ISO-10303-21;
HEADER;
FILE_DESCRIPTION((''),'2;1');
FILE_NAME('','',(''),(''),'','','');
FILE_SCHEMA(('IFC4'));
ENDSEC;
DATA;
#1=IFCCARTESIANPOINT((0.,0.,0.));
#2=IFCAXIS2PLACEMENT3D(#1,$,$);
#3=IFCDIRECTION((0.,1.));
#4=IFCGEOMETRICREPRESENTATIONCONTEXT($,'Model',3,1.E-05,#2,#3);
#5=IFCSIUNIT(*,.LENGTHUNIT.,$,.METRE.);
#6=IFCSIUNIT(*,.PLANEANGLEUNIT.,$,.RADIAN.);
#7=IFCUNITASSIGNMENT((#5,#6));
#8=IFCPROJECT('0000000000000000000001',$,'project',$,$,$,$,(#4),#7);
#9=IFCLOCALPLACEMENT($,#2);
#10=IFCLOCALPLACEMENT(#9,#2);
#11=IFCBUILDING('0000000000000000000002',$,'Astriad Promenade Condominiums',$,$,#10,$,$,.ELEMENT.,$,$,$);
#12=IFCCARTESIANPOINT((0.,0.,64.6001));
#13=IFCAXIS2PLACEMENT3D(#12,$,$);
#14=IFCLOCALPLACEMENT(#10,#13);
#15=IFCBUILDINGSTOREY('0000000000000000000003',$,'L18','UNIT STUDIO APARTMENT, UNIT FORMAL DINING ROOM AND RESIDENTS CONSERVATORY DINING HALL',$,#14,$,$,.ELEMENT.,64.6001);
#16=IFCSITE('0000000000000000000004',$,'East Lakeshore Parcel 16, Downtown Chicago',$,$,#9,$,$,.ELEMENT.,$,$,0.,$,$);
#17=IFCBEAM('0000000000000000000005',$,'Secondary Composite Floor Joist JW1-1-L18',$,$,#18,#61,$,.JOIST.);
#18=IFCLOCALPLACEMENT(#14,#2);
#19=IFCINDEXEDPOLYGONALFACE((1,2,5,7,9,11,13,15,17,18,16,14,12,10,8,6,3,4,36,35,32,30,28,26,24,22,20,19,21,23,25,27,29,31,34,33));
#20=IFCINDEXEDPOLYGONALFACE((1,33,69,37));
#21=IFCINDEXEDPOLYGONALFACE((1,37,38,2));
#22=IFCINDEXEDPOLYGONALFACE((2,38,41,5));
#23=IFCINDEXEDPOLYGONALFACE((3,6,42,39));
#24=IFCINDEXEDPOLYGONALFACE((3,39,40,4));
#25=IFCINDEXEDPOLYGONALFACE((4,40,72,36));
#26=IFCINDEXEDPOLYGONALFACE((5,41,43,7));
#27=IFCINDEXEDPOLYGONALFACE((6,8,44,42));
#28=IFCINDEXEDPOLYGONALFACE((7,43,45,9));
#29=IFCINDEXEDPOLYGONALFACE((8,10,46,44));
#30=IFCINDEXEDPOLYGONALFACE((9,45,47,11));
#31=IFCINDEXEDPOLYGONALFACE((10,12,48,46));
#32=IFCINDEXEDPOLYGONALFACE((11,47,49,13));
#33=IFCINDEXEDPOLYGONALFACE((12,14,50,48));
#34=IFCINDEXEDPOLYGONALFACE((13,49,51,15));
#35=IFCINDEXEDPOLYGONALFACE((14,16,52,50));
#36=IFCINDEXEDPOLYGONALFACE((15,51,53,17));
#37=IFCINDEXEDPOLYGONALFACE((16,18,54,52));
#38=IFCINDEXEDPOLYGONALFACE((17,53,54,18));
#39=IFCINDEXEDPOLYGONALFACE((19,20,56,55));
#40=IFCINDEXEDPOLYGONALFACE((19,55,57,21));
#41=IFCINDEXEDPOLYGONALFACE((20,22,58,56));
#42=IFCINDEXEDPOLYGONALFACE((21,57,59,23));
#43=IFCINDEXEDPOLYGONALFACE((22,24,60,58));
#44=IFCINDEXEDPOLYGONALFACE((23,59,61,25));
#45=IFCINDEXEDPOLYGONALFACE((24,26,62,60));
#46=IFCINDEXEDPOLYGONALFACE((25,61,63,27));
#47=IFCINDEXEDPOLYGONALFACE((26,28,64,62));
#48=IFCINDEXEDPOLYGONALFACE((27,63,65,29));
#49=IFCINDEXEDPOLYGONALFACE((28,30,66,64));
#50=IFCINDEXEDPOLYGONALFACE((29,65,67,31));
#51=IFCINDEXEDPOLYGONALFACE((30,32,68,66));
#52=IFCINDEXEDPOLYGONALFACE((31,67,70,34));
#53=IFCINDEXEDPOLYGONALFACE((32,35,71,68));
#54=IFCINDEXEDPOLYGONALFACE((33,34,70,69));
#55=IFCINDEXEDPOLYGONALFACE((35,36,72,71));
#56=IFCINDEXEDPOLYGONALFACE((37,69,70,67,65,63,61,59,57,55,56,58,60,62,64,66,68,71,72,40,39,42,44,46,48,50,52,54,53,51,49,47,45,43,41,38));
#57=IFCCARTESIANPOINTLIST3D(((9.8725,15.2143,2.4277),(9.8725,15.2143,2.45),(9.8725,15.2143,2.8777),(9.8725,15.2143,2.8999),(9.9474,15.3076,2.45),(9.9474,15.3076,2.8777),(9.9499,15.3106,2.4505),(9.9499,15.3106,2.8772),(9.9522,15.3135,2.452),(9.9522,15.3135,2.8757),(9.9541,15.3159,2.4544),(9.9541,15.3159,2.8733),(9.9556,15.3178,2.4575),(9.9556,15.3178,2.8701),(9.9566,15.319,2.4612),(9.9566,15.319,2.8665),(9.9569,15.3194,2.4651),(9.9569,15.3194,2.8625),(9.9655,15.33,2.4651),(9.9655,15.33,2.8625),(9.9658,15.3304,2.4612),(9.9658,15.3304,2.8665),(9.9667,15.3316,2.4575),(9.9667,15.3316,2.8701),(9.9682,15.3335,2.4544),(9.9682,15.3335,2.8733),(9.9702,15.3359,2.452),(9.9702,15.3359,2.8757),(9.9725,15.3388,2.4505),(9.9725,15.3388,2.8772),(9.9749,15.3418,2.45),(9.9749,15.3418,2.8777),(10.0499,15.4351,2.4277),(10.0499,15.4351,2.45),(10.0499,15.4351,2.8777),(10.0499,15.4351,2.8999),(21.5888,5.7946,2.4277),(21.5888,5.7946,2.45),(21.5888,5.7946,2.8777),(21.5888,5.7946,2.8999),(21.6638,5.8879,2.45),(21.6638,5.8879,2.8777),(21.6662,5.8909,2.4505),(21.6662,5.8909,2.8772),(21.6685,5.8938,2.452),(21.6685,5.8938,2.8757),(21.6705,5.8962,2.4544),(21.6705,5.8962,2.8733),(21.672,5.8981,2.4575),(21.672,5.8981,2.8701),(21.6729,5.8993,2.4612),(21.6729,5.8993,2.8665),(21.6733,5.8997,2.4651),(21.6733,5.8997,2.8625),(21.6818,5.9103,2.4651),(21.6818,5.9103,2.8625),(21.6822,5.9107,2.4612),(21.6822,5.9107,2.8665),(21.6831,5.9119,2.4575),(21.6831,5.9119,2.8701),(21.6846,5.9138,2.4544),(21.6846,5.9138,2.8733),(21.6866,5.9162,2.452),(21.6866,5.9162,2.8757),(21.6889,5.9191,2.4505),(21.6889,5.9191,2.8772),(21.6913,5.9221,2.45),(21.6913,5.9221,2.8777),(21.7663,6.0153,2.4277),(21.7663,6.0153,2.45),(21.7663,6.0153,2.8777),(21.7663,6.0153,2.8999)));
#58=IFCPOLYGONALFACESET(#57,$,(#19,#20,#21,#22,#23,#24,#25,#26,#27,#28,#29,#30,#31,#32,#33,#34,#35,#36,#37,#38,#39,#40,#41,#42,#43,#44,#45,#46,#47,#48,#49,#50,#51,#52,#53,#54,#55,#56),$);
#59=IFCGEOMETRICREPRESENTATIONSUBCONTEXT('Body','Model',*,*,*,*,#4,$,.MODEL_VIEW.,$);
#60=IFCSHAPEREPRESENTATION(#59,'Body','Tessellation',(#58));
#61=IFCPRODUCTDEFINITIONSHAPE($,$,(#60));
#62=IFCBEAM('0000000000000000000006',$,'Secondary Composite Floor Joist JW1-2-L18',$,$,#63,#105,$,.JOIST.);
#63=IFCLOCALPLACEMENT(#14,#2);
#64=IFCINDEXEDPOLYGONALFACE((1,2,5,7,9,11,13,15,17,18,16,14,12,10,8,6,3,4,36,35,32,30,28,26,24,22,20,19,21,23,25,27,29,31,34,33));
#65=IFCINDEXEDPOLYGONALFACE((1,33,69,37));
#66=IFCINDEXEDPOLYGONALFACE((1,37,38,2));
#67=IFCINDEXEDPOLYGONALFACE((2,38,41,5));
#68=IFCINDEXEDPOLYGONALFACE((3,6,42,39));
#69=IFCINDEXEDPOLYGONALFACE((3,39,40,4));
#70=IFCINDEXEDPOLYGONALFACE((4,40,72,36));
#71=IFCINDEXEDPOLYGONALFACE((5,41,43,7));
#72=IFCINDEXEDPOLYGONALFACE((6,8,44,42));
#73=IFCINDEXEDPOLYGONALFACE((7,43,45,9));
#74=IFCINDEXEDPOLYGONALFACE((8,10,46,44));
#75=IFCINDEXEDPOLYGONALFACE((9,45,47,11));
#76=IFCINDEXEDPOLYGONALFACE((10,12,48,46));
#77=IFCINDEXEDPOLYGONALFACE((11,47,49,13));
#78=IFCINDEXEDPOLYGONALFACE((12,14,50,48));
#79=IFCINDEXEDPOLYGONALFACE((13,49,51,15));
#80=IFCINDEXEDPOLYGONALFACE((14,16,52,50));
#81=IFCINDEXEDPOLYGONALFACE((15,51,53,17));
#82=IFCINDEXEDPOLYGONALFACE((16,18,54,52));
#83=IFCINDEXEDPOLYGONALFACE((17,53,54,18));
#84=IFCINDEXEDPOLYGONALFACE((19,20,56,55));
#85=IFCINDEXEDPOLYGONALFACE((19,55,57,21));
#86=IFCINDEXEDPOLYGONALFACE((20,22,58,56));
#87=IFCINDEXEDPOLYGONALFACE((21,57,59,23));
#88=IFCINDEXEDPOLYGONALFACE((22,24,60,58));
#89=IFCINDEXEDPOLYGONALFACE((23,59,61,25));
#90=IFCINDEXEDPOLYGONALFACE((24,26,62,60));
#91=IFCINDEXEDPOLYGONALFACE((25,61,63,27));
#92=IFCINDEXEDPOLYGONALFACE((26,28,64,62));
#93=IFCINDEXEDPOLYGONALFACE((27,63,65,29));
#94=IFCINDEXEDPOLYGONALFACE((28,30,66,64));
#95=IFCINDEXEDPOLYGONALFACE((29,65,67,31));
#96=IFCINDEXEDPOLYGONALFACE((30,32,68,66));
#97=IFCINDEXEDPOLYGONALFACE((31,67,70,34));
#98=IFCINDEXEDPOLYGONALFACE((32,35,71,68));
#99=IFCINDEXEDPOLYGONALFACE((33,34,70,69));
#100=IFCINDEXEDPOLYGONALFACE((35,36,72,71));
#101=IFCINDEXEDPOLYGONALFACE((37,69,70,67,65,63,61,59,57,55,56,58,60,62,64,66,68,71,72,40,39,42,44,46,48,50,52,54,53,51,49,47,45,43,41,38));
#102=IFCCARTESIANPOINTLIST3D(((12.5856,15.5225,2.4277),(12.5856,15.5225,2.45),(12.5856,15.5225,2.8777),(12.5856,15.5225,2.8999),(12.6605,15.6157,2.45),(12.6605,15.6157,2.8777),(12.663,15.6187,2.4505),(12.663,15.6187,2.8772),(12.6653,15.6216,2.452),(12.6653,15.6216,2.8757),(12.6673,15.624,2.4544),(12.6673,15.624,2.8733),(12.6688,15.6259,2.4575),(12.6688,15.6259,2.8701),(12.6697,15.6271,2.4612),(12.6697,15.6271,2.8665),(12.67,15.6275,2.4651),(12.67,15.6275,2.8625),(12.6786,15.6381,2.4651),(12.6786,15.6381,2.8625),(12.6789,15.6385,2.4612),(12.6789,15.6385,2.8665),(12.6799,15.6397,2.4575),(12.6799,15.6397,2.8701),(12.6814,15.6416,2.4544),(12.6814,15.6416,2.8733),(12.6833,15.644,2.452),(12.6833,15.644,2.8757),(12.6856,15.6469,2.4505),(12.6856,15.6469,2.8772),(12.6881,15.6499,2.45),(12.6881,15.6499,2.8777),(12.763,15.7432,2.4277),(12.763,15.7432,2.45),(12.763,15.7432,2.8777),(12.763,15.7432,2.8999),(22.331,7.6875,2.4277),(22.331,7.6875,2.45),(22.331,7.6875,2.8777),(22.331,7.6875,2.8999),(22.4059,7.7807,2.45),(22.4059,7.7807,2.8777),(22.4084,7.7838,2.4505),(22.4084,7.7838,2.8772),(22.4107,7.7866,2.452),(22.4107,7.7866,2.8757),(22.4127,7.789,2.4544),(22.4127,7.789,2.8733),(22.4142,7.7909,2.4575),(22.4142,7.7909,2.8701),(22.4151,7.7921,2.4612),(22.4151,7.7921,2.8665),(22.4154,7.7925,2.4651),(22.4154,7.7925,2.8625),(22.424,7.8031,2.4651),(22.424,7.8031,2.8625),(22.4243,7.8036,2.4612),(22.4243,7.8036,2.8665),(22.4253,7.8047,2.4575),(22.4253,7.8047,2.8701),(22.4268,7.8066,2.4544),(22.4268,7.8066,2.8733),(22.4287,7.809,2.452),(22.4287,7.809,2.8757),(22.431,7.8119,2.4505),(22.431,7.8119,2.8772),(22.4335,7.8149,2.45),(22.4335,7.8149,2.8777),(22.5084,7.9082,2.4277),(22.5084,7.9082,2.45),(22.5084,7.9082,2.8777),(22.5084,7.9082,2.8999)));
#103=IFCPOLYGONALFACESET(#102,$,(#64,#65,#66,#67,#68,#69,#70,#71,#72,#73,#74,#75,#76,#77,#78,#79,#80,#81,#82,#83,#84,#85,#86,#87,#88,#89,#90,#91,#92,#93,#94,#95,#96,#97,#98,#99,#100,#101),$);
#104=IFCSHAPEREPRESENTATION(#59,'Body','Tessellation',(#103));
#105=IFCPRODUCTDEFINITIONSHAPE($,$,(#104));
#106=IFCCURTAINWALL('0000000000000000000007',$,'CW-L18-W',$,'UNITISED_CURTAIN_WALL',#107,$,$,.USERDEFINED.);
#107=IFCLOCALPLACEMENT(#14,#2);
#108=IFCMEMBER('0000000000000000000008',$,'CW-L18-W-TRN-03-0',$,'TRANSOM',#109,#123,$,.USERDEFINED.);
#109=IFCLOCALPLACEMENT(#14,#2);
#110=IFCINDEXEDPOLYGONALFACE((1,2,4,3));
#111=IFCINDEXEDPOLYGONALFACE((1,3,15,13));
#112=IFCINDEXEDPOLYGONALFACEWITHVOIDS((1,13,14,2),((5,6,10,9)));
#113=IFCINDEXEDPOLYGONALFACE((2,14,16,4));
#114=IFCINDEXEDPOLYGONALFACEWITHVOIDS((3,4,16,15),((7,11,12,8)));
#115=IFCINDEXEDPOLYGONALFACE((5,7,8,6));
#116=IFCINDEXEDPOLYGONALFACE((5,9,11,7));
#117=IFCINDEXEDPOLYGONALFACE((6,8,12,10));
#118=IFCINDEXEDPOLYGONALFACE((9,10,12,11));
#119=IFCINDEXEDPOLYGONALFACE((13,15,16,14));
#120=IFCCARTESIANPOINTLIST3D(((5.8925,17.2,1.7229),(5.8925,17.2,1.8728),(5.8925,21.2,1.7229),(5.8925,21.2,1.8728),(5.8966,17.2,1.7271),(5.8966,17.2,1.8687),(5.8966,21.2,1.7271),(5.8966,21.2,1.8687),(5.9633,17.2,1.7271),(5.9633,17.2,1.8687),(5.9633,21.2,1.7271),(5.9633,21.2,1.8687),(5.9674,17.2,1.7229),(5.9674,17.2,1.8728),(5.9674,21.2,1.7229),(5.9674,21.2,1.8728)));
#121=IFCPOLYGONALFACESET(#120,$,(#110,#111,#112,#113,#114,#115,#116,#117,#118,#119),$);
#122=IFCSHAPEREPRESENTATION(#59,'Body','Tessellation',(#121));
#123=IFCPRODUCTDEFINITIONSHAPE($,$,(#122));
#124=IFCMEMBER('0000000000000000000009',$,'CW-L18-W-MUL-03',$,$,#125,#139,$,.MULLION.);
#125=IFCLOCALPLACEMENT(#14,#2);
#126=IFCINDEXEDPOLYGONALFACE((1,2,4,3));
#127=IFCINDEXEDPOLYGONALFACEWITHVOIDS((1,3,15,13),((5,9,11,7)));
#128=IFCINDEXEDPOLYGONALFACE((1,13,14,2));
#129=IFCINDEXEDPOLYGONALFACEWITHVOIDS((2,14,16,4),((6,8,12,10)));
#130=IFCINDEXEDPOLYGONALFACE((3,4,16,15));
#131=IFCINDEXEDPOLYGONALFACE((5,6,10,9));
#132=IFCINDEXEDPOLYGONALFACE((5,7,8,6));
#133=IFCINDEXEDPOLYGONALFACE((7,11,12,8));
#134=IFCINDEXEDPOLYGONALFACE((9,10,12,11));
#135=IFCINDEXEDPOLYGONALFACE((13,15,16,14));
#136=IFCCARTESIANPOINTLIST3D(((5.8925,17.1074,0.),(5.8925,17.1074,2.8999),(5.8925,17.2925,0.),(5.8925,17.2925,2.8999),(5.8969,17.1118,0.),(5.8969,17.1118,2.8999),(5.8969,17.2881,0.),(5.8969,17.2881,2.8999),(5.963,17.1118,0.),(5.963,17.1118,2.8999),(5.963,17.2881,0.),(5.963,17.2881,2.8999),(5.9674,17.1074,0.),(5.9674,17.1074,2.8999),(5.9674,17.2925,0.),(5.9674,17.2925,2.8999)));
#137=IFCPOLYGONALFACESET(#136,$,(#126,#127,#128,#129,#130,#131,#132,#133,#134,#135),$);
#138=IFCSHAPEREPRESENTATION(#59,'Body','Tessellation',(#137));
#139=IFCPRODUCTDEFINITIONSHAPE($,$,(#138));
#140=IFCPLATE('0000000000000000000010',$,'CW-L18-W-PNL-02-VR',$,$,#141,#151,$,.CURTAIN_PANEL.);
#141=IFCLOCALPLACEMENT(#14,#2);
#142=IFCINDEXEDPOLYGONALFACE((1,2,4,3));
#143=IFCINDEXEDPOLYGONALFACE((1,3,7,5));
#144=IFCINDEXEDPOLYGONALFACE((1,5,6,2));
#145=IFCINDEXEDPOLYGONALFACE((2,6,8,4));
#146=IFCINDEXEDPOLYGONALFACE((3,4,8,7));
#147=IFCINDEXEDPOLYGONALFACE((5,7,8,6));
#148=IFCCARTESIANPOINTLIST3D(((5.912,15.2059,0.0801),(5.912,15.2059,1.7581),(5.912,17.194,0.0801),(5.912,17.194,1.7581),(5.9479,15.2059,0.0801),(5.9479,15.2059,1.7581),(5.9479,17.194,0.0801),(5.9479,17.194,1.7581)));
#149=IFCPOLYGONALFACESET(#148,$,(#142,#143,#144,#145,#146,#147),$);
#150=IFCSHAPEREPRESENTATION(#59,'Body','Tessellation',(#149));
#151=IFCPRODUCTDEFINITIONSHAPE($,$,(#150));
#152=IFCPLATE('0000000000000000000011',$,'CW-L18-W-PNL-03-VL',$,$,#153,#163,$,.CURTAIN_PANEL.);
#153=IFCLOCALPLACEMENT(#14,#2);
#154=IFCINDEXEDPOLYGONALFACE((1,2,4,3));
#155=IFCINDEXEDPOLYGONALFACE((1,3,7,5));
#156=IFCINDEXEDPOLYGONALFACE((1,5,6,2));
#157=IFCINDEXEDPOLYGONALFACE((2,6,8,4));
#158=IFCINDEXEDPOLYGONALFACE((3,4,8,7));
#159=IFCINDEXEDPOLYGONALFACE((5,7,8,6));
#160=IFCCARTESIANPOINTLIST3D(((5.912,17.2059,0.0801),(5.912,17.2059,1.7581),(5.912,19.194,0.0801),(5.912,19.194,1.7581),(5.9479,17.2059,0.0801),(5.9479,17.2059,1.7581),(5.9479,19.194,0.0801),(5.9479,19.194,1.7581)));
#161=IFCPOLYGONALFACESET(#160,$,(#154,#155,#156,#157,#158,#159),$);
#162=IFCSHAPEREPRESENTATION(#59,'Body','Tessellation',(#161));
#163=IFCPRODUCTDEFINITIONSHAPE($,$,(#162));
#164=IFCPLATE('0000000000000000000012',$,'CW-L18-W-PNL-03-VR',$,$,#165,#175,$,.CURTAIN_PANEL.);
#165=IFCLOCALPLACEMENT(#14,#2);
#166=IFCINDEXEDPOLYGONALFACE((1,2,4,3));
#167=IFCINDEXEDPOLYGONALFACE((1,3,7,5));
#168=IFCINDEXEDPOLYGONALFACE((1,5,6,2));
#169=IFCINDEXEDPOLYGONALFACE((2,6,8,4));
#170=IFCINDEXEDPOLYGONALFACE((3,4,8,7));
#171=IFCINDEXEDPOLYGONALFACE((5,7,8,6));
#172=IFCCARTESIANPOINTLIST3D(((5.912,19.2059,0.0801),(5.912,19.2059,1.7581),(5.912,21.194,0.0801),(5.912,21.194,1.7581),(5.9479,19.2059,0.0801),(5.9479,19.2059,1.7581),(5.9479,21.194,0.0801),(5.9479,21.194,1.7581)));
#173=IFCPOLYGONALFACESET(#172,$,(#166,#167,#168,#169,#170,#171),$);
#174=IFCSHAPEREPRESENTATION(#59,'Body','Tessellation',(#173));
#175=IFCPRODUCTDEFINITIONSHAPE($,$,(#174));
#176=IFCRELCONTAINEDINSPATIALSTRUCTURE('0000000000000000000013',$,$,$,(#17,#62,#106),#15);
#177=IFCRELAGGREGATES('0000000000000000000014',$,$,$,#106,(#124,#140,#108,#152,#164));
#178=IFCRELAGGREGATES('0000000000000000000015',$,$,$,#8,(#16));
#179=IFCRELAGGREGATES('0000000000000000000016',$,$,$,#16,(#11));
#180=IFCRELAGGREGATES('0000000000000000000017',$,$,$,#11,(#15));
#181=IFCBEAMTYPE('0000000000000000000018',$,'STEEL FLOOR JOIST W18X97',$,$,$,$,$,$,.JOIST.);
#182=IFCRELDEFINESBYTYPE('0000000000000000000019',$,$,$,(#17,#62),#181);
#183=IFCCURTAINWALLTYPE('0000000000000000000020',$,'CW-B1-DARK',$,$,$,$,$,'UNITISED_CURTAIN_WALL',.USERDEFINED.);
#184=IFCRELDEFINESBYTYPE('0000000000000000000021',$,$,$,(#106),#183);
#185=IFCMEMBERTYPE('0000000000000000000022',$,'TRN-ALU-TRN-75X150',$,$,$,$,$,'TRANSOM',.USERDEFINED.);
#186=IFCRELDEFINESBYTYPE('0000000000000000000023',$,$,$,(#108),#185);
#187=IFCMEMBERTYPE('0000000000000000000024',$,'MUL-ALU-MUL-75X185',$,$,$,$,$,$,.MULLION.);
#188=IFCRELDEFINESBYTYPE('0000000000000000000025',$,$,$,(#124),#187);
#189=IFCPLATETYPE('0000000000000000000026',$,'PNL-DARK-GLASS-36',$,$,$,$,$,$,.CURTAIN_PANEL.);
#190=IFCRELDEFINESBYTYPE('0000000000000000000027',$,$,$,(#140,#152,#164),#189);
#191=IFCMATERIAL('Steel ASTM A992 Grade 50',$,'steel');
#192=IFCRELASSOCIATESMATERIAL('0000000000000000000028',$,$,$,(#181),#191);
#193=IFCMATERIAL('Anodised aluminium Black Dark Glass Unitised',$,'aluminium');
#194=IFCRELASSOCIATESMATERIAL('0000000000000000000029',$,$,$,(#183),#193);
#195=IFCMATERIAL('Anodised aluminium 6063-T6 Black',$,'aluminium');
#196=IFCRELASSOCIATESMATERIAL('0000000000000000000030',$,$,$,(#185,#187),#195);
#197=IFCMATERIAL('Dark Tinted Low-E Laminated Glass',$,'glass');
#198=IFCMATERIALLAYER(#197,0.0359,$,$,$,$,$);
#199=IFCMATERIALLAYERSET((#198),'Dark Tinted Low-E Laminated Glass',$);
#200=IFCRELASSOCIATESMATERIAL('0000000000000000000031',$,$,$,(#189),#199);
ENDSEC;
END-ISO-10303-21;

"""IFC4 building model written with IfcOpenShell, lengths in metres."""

from ifc_helpers import new_model, si_unit, direction, frame, origin, origin_2d, place, context, subcontext, project, spatial, rectangle, hollow_rectangle, i_section, extrude, source, transform, mapped, material, layer, layer_set, material_profile, profile_set, type_object, type_shapes, element, aggregate, save


model = new_model("IFC4")

# Units and contexts
model_context = context("Model", 3, precision=1e-05, world=origin(), true_north=direction((0.0, 1.0)))
body_context = subcontext(model_context, "Body", "Model", "MODEL_VIEW")
ifc_project = project(units=[si_unit("LENGTHUNIT", "METRE"), si_unit("PLANEANGLEUNIT", "RADIAN")], contexts=[model_context])

# Site, building, storey
site_placement = place(None, origin())
site = spatial("IfcSite", under=ifc_project, at=site_placement, Name="East Lakeshore Parcel 16, Downtown Chicago", CompositionType="ELEMENT", RefElevation=0.0)
building_placement = place(site_placement, origin())
building = spatial("IfcBuilding", under=site, at=building_placement, Name="Astriad Promenade Condominiums", CompositionType="ELEMENT")
storey_placement = place(building_placement, frame((0.0, 0.0, 64.6001)))
storey = spatial("IfcBuildingStorey", under=building, at=storey_placement, Name="L18", Description="UNIT STUDIO APARTMENT, UNIT FORMAL DINING ROOM AND RESIDENTS CONSERVATORY DINING HALL", CompositionType="ELEMENT", Elevation=64.6001)

# Beams
ifc_material_1 = material(Name="Steel ASTM A992 Grade 50", Category="steel")
ifc_material_profile_1 = material_profile(ifc_material_1, i_section(OverallWidth=0.2832, OverallDepth=0.4722, WebThickness=0.0137, FlangeThickness=0.0222, FilletRadius=0.0151, at=origin_2d()), Name="W18X97")
ifc_profile_set_1 = profile_set([ifc_material_profile_1], Name="Steel ASTM A992 Grade 50")
beam_type_1 = type_object("IfcBeamType", Name="STEEL FLOOR JOIST W18X97", PredefinedType="JOIST", material=ifc_profile_set_1)
shared_shape_1 = source(origin(), body_context, "Body", "SweptSolid", [
    extrude(i_section(OverallWidth=0.2832, OverallDepth=0.4722, WebThickness=0.0137, FlangeThickness=0.0222, FilletRadius=0.0151, at=origin_2d()), origin(), (0.0, 0.0, 1.0), 15.0334),
])
beam_1_placement = place(storey_placement, frame((9.9612, 15.3247, 2.6638), z_axis=(0.779353, -0.626585, 0.0), x_axis=(0.626585, 0.779353, 0.0)))
element("IfcBeam", 1, at=beam_1_placement, inside=storey, type_object=beam_type_1, Name="Secondary Composite Floor Joist JW1-1-L18", PredefinedType="JOIST", context=body_context, shape_type="MappedRepresentation", body=[
    mapped(shared_shape_1, transform((0.0, 0.0, 0.0), scale=1.0)),
])
shared_shape_2 = source(origin(), body_context, "Body", "SweptSolid", [
    extrude(i_section(OverallWidth=0.2832, OverallDepth=0.4722, WebThickness=0.0137, FlangeThickness=0.0222, FilletRadius=0.0151, at=origin_2d()), origin(), (0.0, 0.0, 1.0), 12.5044),
])
type_shapes(beam_type_1, [shared_shape_1, shared_shape_2])
beam_2_placement = place(storey_placement, frame((12.6743, 15.6328, 2.6638), z_axis=(0.779358, -0.626579, 0.0), x_axis=(0.626579, 0.779358, 0.0)))
element("IfcBeam", 2, at=beam_2_placement, inside=storey, type_object=beam_type_1, Name="Secondary Composite Floor Joist JW1-2-L18", PredefinedType="JOIST", context=body_context, shape_type="MappedRepresentation", body=[
    mapped(shared_shape_2, transform((0.0, 0.0, 0.0), scale=1.0)),
])

# Curtain wall, members, plates
ifc_material_2 = material(Name="Anodised aluminium Black Dark Glass Unitised", Category="aluminium")
curtain_wall_type = type_object("IfcCurtainWallType", Name="CW-B1-DARK", ElementType="UNITISED_CURTAIN_WALL", PredefinedType="USERDEFINED", material=ifc_material_2)
curtain_wall_placement = place(storey_placement, origin())
curtain_wall = element("IfcCurtainWall", 3, at=curtain_wall_placement, inside=storey, type_object=curtain_wall_type, Name="CW-L18-W", ObjectType="UNITISED_CURTAIN_WALL", PredefinedType="USERDEFINED")
ifc_material_3 = material(Name="Anodised aluminium 6063-T6 Black", Category="aluminium")
ifc_material_profile_2 = material_profile(ifc_material_3, hollow_rectangle(XDim=0.075, YDim=0.1499, WallThickness=0.0042, at=origin_2d()), Name="ALU-TRN-75X150")
ifc_profile_set_2 = profile_set([ifc_material_profile_2], Name="Anodised aluminium 6063-T6 Black")
member_type_1 = type_object("IfcMemberType", Name="TRN-ALU-TRN-75X150", ElementType="TRANSOM", PredefinedType="USERDEFINED", material=ifc_profile_set_2)
shared_shape_3 = source(origin(), body_context, "Body", "SweptSolid", [
    extrude(hollow_rectangle(XDim=0.075, YDim=0.1499, WallThickness=0.0042, at=origin_2d()), origin(), (0.0, 0.0, 1.0), 4.0),
])
type_shapes(member_type_1, [shared_shape_3])
member_1_placement = place(storey_placement, frame((5.9299, 17.2, 1.7979), z_axis=(0.0, 1.0, 0.0), x_axis=(-1.0, 0.0, 0.0)))
member_1 = element("IfcMember", 4, at=member_1_placement, type_object=member_type_1, Name="CW-L18-W-TRN-03-0", ObjectType="TRANSOM", PredefinedType="USERDEFINED", context=body_context, shape_type="MappedRepresentation", body=[
    mapped(shared_shape_3, transform((0.0, 0.0, 0.0), scale=1.0)),
])
ifc_material_profile_3 = material_profile(ifc_material_3, hollow_rectangle(XDim=0.075, YDim=0.1851, WallThickness=0.0044, at=origin_2d()), Name="ALU-MUL-75X185")
ifc_profile_set_3 = profile_set([ifc_material_profile_3], Name="Anodised aluminium 6063-T6 Black")
member_type_2 = type_object("IfcMemberType", Name="MUL-ALU-MUL-75X185", PredefinedType="MULLION", material=ifc_profile_set_3)
shared_shape_4 = source(origin(), body_context, "Body", "SweptSolid", [
    extrude(hollow_rectangle(XDim=0.075, YDim=0.1851, WallThickness=0.0044, at=origin_2d()), origin(), (0.0, 0.0, 1.0), 2.8999),
])
type_shapes(member_type_2, [shared_shape_4])
member_2_placement = place(storey_placement, frame((5.9299, 17.2, 0.0), z_axis=(0.0, 0.0, 1.0), x_axis=(1.0, 0.0, 0.0)))
member_2 = element("IfcMember", 5, at=member_2_placement, type_object=member_type_2, Name="CW-L18-W-MUL-03", PredefinedType="MULLION", context=body_context, shape_type="MappedRepresentation", body=[
    mapped(shared_shape_4, transform((0.0, 0.0, 0.0), scale=1.0)),
])
ifc_material_4 = material(Name="Dark Tinted Low-E Laminated Glass", Category="glass")
ifc_layer_1 = layer(ifc_material_4, 0.0359)
ifc_layer_set_1 = layer_set([ifc_layer_1], Name="Dark Tinted Low-E Laminated Glass")
plate_type = type_object("IfcPlateType", Name="PNL-DARK-GLASS-36", PredefinedType="CURTAIN_PANEL", material=ifc_layer_set_1)
shared_shape_5 = source(origin(), body_context, "Body", "SweptSolid", [
    extrude(rectangle(XDim=1.988, YDim=0.0359, at=origin_2d()), origin(), (0.0, 0.0, 1.0), 1.678),
])
plate_1_placement = place(storey_placement, frame((5.9299, 16.2, 0.0801), z_axis=(0.0, 0.0, 1.0), x_axis=(0.0, 1.0, 0.0)))
plate_1 = element("IfcPlate", 6, at=plate_1_placement, type_object=plate_type, Name="CW-L18-W-PNL-02-VR", PredefinedType="CURTAIN_PANEL", context=body_context, shape_type="MappedRepresentation", body=[
    mapped(shared_shape_5, transform((0.0, 0.0, 0.0), scale=1.0)),
])
plate_2_placement = place(storey_placement, frame((5.9299, 18.2, 0.0801), z_axis=(0.0, 0.0, 1.0), x_axis=(0.0, 1.0, 0.0)))
plate_2 = element("IfcPlate", 7, at=plate_2_placement, type_object=plate_type, Name="CW-L18-W-PNL-03-VL", PredefinedType="CURTAIN_PANEL", context=body_context, shape_type="MappedRepresentation", body=[
    mapped(shared_shape_5, transform((0.0, 0.0, 0.0), scale=1.0)),
])
plate_3_placement = place(storey_placement, frame((5.9299, 20.2, 0.0801), z_axis=(0.0, 0.0, 1.0), x_axis=(0.0, 1.0, 0.0)))
plate_3 = element("IfcPlate", 8, at=plate_3_placement, type_object=plate_type, Name="CW-L18-W-PNL-03-VR", PredefinedType="CURTAIN_PANEL", context=body_context, shape_type="MappedRepresentation", body=[
    mapped(shared_shape_5, transform((0.0, 0.0, 0.0), scale=1.0)),
])
aggregate(curtain_wall, [member_2, plate_1, member_1, plate_2, plate_3])

save(model, "model.ifc")
